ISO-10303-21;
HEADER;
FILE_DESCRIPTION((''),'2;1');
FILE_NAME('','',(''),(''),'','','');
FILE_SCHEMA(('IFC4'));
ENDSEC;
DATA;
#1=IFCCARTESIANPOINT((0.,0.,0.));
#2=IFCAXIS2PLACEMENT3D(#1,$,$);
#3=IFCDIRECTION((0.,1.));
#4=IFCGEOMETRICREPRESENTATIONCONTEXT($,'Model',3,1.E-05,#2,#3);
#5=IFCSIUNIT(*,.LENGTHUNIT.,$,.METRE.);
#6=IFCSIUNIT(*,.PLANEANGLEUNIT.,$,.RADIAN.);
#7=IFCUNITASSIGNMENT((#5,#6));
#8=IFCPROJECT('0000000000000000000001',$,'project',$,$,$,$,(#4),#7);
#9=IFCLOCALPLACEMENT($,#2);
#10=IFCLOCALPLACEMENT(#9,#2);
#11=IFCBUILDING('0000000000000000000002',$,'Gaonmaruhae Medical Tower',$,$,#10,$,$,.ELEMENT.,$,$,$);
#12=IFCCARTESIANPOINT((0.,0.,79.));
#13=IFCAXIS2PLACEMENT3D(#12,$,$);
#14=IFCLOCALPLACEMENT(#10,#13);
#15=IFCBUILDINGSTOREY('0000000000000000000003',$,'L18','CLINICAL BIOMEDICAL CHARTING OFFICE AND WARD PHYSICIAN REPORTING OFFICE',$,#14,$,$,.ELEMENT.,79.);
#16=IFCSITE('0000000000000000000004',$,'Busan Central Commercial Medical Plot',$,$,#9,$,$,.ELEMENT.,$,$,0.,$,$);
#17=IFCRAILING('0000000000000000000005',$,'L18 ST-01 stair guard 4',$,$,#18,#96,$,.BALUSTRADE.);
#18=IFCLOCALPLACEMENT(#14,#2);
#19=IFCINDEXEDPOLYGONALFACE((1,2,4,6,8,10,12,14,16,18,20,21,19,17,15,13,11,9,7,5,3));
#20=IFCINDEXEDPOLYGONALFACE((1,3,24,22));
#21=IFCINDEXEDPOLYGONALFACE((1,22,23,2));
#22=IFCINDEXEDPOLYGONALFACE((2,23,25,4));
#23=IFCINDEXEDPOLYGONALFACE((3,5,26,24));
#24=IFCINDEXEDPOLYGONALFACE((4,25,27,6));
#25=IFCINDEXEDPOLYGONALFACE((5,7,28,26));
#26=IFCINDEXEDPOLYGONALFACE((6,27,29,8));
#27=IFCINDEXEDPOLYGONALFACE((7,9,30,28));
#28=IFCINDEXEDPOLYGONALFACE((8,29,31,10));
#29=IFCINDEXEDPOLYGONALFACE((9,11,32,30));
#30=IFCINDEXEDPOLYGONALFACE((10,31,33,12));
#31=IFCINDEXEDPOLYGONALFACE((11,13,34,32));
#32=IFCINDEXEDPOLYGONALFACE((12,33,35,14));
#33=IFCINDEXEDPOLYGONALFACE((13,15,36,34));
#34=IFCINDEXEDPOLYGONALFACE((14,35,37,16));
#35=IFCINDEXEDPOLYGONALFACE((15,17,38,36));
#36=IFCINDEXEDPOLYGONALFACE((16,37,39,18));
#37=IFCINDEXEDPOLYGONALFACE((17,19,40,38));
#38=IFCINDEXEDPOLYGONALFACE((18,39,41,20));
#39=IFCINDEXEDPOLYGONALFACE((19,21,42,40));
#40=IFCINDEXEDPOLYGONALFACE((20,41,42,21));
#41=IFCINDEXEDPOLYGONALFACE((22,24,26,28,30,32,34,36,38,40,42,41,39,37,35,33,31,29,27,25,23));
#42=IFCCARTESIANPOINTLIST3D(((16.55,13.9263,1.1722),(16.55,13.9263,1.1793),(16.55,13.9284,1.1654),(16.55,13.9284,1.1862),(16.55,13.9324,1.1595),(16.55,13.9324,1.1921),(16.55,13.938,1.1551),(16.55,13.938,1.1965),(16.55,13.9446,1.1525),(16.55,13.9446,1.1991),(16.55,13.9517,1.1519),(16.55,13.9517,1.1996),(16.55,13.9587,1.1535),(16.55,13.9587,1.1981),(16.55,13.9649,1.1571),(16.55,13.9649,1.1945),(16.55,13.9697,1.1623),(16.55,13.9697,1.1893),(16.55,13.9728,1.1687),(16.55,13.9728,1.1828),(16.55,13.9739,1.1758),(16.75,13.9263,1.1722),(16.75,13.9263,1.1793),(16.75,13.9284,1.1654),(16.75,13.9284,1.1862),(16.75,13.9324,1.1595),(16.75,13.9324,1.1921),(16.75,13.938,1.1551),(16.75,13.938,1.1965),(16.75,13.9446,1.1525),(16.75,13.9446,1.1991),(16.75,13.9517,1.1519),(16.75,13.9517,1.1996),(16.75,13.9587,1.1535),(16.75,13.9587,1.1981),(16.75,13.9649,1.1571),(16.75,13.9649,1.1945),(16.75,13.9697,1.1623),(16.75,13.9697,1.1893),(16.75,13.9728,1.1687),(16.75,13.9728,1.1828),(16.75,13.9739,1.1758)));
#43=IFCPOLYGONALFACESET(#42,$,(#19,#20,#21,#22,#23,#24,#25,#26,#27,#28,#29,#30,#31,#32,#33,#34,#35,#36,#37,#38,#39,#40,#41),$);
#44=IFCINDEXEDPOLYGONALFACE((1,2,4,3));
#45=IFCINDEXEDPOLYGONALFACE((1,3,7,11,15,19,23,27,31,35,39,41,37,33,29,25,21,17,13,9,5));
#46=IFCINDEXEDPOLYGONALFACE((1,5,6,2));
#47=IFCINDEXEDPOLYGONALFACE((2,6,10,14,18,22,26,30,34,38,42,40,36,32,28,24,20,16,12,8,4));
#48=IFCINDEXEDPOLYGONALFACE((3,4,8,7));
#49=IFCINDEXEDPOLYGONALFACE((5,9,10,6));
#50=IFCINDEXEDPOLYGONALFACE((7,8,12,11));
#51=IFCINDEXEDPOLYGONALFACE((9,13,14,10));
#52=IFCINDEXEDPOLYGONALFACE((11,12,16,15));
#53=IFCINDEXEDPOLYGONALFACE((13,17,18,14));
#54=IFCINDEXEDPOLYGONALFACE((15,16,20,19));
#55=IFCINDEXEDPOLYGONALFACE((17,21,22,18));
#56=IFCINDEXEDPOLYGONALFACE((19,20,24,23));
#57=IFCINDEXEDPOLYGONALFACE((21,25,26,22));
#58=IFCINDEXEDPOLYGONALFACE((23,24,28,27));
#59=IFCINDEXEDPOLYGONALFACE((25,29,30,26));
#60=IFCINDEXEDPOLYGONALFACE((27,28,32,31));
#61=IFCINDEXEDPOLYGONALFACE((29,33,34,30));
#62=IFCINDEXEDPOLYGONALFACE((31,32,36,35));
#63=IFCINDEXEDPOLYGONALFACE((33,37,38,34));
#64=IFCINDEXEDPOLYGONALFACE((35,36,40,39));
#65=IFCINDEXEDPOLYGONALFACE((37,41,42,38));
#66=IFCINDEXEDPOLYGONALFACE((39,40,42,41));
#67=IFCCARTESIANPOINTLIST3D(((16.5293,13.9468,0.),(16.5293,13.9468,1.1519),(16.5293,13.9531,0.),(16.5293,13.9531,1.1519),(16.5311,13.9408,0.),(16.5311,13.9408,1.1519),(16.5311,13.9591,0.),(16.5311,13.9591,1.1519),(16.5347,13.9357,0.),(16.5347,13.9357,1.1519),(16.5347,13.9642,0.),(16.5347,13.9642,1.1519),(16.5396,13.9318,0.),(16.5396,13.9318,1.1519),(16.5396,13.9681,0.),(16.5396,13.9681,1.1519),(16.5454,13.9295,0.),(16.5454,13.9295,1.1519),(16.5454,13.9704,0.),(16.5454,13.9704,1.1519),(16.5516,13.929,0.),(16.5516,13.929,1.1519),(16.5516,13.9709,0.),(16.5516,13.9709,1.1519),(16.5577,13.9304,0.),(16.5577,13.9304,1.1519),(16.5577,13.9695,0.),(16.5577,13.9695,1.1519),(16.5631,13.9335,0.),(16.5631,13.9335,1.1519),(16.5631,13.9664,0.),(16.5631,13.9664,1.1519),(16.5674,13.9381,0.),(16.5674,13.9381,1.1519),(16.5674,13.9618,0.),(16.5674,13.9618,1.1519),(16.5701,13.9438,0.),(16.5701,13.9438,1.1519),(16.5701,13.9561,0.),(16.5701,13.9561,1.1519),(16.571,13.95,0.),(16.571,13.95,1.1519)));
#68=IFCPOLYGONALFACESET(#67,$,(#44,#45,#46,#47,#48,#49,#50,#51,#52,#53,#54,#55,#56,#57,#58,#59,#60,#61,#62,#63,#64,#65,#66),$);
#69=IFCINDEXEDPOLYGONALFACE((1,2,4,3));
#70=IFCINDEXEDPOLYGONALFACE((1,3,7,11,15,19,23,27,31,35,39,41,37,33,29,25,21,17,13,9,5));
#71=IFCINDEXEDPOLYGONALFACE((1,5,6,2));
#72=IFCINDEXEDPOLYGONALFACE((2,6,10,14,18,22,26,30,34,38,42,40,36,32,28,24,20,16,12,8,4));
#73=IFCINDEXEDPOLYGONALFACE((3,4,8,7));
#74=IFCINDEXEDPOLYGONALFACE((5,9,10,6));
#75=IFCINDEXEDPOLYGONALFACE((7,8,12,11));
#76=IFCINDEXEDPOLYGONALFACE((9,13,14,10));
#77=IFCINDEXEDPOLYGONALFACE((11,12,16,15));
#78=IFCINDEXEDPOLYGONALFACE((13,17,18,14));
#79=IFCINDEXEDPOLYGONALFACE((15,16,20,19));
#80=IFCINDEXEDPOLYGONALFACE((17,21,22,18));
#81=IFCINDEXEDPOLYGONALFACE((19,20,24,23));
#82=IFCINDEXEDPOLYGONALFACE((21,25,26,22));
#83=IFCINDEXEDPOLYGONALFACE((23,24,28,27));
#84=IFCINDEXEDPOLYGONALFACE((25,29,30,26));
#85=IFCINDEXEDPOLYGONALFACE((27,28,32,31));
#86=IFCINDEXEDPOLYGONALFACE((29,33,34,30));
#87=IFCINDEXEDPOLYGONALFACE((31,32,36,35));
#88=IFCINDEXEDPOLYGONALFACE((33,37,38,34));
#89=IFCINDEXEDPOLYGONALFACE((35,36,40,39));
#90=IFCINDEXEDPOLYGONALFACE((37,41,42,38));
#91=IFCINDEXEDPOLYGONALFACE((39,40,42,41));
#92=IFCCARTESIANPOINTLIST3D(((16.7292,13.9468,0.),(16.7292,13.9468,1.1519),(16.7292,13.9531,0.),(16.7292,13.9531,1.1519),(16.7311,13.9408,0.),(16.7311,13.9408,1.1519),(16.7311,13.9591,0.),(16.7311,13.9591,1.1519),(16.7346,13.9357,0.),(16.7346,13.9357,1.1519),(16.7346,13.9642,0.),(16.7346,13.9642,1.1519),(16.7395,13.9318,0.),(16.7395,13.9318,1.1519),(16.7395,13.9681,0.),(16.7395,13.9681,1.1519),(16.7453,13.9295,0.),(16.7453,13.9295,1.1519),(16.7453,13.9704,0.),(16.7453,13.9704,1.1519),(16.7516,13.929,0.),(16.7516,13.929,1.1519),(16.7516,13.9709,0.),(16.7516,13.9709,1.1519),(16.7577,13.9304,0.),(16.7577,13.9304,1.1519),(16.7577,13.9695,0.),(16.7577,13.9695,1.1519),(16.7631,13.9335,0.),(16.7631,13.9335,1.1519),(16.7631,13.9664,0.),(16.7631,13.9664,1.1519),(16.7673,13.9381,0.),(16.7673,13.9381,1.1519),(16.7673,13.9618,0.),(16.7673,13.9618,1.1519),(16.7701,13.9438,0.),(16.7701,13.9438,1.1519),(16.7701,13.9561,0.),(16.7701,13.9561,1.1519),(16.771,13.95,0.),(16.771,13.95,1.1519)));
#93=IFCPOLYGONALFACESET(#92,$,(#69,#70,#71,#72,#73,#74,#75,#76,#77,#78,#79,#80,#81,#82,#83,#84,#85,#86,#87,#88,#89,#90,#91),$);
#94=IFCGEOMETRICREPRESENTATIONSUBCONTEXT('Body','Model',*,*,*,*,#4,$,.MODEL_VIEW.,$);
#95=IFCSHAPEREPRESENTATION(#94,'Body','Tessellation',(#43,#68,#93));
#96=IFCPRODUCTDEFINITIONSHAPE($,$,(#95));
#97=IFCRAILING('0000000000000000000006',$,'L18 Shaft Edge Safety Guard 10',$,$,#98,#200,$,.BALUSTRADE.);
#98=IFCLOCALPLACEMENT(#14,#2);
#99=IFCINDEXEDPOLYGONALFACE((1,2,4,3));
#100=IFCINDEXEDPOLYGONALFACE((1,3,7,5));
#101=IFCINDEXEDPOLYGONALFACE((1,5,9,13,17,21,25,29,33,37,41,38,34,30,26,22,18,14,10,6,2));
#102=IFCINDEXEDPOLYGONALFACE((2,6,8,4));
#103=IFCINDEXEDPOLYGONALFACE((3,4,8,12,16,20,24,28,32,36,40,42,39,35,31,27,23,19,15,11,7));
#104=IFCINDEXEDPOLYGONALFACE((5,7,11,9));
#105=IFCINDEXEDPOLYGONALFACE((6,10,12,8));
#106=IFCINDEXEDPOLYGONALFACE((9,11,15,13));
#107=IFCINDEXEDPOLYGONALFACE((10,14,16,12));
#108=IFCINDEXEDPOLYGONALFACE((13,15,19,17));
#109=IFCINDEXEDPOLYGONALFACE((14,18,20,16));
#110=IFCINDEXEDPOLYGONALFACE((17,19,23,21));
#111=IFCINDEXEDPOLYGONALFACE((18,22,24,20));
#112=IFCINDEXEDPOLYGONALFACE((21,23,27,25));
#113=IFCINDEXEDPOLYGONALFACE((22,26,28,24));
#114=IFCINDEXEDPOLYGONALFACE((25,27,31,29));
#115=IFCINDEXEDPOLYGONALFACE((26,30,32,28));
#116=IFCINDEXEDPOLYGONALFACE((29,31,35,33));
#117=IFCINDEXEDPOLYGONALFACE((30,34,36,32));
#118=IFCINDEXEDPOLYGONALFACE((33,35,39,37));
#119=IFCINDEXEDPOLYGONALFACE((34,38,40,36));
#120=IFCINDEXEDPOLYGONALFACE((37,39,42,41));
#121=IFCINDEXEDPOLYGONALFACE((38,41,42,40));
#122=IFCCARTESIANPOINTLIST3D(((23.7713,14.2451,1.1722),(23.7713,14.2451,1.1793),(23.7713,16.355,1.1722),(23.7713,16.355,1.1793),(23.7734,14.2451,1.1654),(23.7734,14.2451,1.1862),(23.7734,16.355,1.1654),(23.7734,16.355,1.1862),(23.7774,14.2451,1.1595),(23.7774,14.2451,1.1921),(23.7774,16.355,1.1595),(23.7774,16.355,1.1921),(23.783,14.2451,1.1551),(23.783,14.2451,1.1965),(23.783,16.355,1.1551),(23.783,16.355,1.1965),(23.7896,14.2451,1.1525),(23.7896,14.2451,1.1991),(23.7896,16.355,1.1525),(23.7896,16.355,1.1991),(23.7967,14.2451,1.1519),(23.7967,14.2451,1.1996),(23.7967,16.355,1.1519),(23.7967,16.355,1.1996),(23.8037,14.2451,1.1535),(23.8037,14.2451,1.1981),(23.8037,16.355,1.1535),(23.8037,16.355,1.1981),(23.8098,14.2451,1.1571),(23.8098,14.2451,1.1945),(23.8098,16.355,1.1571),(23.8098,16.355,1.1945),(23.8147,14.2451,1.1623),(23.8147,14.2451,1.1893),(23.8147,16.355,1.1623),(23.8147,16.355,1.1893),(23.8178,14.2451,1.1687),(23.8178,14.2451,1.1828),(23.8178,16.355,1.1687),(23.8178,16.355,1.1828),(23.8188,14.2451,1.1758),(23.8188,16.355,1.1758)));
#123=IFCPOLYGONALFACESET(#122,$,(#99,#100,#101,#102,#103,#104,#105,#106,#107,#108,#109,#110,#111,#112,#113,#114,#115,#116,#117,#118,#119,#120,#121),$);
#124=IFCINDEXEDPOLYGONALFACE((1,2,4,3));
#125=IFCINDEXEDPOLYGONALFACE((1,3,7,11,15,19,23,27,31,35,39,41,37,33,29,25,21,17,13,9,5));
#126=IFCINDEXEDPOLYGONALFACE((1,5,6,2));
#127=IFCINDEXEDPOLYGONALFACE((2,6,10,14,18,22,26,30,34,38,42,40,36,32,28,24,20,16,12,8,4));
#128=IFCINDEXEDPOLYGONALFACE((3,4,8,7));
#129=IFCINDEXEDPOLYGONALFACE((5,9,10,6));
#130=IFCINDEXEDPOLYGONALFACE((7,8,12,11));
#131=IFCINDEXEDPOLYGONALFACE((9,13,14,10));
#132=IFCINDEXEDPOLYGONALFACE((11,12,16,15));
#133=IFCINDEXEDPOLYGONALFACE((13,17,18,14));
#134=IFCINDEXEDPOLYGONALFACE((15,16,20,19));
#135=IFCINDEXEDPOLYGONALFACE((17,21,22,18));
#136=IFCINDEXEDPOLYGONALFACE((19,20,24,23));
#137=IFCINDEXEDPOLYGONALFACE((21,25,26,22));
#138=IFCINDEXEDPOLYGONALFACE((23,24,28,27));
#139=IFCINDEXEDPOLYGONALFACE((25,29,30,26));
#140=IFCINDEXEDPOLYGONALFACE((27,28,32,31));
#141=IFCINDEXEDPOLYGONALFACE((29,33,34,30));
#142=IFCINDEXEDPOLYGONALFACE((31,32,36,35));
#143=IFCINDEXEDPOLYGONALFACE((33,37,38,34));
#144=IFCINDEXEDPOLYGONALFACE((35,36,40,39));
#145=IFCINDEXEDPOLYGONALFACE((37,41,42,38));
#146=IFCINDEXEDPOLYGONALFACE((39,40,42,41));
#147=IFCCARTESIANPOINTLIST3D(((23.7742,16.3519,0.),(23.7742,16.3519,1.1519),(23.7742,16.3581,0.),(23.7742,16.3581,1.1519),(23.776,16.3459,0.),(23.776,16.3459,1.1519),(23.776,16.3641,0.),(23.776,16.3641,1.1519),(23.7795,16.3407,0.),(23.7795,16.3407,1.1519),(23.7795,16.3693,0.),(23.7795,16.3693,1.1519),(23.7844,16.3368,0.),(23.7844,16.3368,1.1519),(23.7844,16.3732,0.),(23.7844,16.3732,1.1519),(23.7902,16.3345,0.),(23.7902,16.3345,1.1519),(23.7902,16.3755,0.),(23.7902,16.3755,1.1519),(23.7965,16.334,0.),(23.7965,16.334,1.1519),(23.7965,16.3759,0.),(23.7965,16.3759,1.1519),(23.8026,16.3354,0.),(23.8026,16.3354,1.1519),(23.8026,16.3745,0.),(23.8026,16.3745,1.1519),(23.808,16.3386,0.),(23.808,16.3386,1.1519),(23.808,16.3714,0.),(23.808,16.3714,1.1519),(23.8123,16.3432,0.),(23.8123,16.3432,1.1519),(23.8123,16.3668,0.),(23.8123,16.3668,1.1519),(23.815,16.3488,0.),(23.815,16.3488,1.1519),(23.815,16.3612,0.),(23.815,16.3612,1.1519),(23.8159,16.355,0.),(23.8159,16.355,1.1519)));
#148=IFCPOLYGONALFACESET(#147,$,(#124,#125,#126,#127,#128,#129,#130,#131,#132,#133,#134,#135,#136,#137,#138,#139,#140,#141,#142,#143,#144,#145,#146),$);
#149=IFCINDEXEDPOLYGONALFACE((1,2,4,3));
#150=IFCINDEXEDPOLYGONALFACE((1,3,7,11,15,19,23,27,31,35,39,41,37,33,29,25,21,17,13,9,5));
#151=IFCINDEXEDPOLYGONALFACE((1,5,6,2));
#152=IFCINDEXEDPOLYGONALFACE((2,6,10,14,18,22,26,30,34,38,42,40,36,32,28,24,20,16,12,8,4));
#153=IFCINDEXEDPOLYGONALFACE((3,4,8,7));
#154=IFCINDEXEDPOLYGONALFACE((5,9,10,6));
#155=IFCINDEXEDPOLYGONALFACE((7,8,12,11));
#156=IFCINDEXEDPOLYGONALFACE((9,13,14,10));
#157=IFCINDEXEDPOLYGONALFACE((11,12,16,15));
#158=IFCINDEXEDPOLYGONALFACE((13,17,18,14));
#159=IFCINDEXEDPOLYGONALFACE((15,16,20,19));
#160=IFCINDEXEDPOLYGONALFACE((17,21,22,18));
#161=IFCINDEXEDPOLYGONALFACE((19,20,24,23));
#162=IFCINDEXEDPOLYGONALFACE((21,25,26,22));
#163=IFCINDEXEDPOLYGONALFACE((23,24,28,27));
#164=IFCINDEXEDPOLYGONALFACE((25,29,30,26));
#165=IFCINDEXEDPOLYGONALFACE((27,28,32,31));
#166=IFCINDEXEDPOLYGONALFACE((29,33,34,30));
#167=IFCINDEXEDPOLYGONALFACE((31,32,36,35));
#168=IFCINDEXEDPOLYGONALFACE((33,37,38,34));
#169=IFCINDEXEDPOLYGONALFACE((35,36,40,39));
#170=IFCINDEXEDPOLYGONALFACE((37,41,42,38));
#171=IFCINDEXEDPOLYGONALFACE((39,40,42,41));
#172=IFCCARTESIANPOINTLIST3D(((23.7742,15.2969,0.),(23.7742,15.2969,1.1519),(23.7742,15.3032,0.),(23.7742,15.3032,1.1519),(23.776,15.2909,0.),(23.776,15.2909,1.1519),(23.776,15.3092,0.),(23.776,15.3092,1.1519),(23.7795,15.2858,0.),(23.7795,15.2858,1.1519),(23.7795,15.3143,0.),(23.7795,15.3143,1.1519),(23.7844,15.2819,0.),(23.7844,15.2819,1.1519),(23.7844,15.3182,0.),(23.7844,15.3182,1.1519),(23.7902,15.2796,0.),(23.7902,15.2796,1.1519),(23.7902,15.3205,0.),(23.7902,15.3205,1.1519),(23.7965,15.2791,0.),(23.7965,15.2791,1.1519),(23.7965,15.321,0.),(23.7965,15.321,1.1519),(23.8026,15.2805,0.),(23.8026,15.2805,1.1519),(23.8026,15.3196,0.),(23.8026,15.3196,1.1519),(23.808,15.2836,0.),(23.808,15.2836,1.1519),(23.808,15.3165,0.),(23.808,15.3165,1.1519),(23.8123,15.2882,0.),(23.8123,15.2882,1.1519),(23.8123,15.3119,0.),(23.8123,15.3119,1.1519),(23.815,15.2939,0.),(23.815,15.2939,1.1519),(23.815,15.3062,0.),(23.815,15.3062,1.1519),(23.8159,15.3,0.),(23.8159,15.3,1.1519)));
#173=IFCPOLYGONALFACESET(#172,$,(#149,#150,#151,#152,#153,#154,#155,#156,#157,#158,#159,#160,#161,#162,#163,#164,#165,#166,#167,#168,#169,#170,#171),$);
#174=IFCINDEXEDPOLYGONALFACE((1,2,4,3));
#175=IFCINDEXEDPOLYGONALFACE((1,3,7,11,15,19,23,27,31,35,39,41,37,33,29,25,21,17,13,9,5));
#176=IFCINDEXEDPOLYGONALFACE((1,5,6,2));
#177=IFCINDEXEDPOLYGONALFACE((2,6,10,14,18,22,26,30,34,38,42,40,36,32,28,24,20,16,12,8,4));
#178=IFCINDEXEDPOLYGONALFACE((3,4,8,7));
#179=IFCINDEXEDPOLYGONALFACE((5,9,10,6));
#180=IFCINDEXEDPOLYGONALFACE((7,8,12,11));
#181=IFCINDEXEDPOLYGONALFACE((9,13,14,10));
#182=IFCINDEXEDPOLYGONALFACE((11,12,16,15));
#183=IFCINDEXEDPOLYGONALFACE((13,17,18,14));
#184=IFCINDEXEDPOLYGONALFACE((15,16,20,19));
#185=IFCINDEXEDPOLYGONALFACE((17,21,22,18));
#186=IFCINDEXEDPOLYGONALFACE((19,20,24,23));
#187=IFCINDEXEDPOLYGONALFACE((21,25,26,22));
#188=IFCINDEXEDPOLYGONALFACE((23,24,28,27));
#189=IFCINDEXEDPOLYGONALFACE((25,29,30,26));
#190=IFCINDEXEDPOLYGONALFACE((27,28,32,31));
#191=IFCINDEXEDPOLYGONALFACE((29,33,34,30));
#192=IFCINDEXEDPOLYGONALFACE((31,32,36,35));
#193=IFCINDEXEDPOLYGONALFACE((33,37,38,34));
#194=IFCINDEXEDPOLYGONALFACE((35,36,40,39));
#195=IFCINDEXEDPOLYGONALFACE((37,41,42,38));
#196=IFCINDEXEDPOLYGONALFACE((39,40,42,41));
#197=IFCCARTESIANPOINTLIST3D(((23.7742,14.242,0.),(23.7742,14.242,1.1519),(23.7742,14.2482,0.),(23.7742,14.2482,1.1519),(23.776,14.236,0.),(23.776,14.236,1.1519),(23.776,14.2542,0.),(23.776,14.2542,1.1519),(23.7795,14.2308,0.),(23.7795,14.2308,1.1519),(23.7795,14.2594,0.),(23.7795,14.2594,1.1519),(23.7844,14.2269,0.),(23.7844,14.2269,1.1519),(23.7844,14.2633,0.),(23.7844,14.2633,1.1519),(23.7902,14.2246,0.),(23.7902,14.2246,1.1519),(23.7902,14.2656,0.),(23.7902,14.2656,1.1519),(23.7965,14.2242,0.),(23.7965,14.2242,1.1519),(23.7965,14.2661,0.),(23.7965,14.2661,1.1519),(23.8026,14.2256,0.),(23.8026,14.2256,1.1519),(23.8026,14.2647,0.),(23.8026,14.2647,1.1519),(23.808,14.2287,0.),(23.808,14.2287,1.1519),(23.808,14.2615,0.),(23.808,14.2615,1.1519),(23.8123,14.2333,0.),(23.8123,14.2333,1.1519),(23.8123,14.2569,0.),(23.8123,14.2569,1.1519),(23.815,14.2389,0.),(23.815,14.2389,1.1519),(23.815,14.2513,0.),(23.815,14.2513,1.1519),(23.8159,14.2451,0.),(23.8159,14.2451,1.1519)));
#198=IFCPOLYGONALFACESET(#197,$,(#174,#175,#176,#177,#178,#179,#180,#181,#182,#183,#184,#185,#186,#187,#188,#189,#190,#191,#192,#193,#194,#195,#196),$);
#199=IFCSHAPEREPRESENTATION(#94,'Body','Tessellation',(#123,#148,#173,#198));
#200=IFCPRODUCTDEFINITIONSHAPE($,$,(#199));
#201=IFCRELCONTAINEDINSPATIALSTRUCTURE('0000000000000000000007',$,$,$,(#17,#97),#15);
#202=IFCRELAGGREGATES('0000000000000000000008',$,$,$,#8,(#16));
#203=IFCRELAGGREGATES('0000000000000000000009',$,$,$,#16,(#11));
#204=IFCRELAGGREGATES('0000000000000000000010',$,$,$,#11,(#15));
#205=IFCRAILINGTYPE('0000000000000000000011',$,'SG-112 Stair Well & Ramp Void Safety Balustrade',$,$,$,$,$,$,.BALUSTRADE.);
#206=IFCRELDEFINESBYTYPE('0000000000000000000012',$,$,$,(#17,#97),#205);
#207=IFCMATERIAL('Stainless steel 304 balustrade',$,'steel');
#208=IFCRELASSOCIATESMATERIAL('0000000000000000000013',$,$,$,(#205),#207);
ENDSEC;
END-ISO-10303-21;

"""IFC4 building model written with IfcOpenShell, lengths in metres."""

from ifc_helpers import new_model, si_unit, direction, frame, origin, origin_2d, place, context, subcontext, project, spatial, circle, extrude, material, type_object, element, save


model = new_model("IFC4")

# Units and contexts
model_context = context("Model", 3, precision=1e-05, world=origin(), true_north=direction((0.0, 1.0)))
body_context = subcontext(model_context, "Body", "Model", "MODEL_VIEW")
ifc_project = project(units=[si_unit("LENGTHUNIT", "METRE"), si_unit("PLANEANGLEUNIT", "RADIAN")], contexts=[model_context])

# Site, building, storey
site_placement = place(None, origin())
site = spatial("IfcSite", under=ifc_project, at=site_placement, Name="Busan Central Commercial Medical Plot", CompositionType="ELEMENT", RefElevation=0.0)
building_placement = place(site_placement, origin())
building = spatial("IfcBuilding", under=site, at=building_placement, Name="Gaonmaruhae Medical Tower", CompositionType="ELEMENT")
storey_placement = place(building_placement, frame((0.0, 0.0, 79.0)))
storey = spatial("IfcBuildingStorey", under=building, at=storey_placement, Name="L18", Description="CLINICAL BIOMEDICAL CHARTING OFFICE AND WARD PHYSICIAN REPORTING OFFICE", CompositionType="ELEMENT", Elevation=79.0)

# Railings
ifc_material_1 = material(Name="Stainless steel 304 balustrade", Category="steel")
railing_type_1 = type_object("IfcRailingType", Name="SG-112 Stair Well & Ramp Void Safety Balustrade", PredefinedType="BALUSTRADE", material=ifc_material_1)
railing_1_placement = place(storey_placement, frame((16.55, 13.95, 0.0)))
element("IfcRailing", 1, at=railing_1_placement, inside=storey, type_object=railing_type_1, Name="L18 ST-01 stair guard 4", PredefinedType="BALUSTRADE", context=body_context, shape_type="SweptSolid", body=[
    extrude(circle(Radius=0.0239, at=origin_2d()), frame((0.0, 0.0, 1.1758), z_axis=(1.0, 0.0, 0.0), x_axis=(0.0, 1.0, 0.0)), (0.0, 0.0, 1.0), 0.2),
    extrude(circle(Radius=0.021, at=origin_2d()), origin(), (0.0, 0.0, 1.0), 1.1519),
    extrude(circle(Radius=0.021, at=origin_2d()), frame((0.2, 0.0, 0.0)), (0.0, 0.0, 1.0), 1.1519),
])
railing_2_placement = place(storey_placement, frame((23.7949, 16.355, 0.0)))
element("IfcRailing", 2, at=railing_2_placement, inside=storey, type_object=railing_type_1, Name="L18 Shaft Edge Safety Guard 10", PredefinedType="BALUSTRADE", context=body_context, shape_type="SweptSolid", body=[
    extrude(circle(Radius=0.0239, at=origin_2d()), frame((0.0, 0.0, 1.1758), z_axis=(0.0, -1.0, 0.0), x_axis=(1.0, 0.0, 0.0)), (0.0, 0.0, 1.0), 2.1099),
    extrude(circle(Radius=0.021, at=origin_2d()), origin(), (0.0, 0.0, 1.0), 1.1519),
    extrude(circle(Radius=0.021, at=origin_2d()), frame((0.0, -1.0549, 0.0)), (0.0, 0.0, 1.0), 1.1519),
    extrude(circle(Radius=0.021, at=origin_2d()), frame((0.0, -2.1099, 0.0)), (0.0, 0.0, 1.0), 1.1519),
])

save(model, "model.ifc")
